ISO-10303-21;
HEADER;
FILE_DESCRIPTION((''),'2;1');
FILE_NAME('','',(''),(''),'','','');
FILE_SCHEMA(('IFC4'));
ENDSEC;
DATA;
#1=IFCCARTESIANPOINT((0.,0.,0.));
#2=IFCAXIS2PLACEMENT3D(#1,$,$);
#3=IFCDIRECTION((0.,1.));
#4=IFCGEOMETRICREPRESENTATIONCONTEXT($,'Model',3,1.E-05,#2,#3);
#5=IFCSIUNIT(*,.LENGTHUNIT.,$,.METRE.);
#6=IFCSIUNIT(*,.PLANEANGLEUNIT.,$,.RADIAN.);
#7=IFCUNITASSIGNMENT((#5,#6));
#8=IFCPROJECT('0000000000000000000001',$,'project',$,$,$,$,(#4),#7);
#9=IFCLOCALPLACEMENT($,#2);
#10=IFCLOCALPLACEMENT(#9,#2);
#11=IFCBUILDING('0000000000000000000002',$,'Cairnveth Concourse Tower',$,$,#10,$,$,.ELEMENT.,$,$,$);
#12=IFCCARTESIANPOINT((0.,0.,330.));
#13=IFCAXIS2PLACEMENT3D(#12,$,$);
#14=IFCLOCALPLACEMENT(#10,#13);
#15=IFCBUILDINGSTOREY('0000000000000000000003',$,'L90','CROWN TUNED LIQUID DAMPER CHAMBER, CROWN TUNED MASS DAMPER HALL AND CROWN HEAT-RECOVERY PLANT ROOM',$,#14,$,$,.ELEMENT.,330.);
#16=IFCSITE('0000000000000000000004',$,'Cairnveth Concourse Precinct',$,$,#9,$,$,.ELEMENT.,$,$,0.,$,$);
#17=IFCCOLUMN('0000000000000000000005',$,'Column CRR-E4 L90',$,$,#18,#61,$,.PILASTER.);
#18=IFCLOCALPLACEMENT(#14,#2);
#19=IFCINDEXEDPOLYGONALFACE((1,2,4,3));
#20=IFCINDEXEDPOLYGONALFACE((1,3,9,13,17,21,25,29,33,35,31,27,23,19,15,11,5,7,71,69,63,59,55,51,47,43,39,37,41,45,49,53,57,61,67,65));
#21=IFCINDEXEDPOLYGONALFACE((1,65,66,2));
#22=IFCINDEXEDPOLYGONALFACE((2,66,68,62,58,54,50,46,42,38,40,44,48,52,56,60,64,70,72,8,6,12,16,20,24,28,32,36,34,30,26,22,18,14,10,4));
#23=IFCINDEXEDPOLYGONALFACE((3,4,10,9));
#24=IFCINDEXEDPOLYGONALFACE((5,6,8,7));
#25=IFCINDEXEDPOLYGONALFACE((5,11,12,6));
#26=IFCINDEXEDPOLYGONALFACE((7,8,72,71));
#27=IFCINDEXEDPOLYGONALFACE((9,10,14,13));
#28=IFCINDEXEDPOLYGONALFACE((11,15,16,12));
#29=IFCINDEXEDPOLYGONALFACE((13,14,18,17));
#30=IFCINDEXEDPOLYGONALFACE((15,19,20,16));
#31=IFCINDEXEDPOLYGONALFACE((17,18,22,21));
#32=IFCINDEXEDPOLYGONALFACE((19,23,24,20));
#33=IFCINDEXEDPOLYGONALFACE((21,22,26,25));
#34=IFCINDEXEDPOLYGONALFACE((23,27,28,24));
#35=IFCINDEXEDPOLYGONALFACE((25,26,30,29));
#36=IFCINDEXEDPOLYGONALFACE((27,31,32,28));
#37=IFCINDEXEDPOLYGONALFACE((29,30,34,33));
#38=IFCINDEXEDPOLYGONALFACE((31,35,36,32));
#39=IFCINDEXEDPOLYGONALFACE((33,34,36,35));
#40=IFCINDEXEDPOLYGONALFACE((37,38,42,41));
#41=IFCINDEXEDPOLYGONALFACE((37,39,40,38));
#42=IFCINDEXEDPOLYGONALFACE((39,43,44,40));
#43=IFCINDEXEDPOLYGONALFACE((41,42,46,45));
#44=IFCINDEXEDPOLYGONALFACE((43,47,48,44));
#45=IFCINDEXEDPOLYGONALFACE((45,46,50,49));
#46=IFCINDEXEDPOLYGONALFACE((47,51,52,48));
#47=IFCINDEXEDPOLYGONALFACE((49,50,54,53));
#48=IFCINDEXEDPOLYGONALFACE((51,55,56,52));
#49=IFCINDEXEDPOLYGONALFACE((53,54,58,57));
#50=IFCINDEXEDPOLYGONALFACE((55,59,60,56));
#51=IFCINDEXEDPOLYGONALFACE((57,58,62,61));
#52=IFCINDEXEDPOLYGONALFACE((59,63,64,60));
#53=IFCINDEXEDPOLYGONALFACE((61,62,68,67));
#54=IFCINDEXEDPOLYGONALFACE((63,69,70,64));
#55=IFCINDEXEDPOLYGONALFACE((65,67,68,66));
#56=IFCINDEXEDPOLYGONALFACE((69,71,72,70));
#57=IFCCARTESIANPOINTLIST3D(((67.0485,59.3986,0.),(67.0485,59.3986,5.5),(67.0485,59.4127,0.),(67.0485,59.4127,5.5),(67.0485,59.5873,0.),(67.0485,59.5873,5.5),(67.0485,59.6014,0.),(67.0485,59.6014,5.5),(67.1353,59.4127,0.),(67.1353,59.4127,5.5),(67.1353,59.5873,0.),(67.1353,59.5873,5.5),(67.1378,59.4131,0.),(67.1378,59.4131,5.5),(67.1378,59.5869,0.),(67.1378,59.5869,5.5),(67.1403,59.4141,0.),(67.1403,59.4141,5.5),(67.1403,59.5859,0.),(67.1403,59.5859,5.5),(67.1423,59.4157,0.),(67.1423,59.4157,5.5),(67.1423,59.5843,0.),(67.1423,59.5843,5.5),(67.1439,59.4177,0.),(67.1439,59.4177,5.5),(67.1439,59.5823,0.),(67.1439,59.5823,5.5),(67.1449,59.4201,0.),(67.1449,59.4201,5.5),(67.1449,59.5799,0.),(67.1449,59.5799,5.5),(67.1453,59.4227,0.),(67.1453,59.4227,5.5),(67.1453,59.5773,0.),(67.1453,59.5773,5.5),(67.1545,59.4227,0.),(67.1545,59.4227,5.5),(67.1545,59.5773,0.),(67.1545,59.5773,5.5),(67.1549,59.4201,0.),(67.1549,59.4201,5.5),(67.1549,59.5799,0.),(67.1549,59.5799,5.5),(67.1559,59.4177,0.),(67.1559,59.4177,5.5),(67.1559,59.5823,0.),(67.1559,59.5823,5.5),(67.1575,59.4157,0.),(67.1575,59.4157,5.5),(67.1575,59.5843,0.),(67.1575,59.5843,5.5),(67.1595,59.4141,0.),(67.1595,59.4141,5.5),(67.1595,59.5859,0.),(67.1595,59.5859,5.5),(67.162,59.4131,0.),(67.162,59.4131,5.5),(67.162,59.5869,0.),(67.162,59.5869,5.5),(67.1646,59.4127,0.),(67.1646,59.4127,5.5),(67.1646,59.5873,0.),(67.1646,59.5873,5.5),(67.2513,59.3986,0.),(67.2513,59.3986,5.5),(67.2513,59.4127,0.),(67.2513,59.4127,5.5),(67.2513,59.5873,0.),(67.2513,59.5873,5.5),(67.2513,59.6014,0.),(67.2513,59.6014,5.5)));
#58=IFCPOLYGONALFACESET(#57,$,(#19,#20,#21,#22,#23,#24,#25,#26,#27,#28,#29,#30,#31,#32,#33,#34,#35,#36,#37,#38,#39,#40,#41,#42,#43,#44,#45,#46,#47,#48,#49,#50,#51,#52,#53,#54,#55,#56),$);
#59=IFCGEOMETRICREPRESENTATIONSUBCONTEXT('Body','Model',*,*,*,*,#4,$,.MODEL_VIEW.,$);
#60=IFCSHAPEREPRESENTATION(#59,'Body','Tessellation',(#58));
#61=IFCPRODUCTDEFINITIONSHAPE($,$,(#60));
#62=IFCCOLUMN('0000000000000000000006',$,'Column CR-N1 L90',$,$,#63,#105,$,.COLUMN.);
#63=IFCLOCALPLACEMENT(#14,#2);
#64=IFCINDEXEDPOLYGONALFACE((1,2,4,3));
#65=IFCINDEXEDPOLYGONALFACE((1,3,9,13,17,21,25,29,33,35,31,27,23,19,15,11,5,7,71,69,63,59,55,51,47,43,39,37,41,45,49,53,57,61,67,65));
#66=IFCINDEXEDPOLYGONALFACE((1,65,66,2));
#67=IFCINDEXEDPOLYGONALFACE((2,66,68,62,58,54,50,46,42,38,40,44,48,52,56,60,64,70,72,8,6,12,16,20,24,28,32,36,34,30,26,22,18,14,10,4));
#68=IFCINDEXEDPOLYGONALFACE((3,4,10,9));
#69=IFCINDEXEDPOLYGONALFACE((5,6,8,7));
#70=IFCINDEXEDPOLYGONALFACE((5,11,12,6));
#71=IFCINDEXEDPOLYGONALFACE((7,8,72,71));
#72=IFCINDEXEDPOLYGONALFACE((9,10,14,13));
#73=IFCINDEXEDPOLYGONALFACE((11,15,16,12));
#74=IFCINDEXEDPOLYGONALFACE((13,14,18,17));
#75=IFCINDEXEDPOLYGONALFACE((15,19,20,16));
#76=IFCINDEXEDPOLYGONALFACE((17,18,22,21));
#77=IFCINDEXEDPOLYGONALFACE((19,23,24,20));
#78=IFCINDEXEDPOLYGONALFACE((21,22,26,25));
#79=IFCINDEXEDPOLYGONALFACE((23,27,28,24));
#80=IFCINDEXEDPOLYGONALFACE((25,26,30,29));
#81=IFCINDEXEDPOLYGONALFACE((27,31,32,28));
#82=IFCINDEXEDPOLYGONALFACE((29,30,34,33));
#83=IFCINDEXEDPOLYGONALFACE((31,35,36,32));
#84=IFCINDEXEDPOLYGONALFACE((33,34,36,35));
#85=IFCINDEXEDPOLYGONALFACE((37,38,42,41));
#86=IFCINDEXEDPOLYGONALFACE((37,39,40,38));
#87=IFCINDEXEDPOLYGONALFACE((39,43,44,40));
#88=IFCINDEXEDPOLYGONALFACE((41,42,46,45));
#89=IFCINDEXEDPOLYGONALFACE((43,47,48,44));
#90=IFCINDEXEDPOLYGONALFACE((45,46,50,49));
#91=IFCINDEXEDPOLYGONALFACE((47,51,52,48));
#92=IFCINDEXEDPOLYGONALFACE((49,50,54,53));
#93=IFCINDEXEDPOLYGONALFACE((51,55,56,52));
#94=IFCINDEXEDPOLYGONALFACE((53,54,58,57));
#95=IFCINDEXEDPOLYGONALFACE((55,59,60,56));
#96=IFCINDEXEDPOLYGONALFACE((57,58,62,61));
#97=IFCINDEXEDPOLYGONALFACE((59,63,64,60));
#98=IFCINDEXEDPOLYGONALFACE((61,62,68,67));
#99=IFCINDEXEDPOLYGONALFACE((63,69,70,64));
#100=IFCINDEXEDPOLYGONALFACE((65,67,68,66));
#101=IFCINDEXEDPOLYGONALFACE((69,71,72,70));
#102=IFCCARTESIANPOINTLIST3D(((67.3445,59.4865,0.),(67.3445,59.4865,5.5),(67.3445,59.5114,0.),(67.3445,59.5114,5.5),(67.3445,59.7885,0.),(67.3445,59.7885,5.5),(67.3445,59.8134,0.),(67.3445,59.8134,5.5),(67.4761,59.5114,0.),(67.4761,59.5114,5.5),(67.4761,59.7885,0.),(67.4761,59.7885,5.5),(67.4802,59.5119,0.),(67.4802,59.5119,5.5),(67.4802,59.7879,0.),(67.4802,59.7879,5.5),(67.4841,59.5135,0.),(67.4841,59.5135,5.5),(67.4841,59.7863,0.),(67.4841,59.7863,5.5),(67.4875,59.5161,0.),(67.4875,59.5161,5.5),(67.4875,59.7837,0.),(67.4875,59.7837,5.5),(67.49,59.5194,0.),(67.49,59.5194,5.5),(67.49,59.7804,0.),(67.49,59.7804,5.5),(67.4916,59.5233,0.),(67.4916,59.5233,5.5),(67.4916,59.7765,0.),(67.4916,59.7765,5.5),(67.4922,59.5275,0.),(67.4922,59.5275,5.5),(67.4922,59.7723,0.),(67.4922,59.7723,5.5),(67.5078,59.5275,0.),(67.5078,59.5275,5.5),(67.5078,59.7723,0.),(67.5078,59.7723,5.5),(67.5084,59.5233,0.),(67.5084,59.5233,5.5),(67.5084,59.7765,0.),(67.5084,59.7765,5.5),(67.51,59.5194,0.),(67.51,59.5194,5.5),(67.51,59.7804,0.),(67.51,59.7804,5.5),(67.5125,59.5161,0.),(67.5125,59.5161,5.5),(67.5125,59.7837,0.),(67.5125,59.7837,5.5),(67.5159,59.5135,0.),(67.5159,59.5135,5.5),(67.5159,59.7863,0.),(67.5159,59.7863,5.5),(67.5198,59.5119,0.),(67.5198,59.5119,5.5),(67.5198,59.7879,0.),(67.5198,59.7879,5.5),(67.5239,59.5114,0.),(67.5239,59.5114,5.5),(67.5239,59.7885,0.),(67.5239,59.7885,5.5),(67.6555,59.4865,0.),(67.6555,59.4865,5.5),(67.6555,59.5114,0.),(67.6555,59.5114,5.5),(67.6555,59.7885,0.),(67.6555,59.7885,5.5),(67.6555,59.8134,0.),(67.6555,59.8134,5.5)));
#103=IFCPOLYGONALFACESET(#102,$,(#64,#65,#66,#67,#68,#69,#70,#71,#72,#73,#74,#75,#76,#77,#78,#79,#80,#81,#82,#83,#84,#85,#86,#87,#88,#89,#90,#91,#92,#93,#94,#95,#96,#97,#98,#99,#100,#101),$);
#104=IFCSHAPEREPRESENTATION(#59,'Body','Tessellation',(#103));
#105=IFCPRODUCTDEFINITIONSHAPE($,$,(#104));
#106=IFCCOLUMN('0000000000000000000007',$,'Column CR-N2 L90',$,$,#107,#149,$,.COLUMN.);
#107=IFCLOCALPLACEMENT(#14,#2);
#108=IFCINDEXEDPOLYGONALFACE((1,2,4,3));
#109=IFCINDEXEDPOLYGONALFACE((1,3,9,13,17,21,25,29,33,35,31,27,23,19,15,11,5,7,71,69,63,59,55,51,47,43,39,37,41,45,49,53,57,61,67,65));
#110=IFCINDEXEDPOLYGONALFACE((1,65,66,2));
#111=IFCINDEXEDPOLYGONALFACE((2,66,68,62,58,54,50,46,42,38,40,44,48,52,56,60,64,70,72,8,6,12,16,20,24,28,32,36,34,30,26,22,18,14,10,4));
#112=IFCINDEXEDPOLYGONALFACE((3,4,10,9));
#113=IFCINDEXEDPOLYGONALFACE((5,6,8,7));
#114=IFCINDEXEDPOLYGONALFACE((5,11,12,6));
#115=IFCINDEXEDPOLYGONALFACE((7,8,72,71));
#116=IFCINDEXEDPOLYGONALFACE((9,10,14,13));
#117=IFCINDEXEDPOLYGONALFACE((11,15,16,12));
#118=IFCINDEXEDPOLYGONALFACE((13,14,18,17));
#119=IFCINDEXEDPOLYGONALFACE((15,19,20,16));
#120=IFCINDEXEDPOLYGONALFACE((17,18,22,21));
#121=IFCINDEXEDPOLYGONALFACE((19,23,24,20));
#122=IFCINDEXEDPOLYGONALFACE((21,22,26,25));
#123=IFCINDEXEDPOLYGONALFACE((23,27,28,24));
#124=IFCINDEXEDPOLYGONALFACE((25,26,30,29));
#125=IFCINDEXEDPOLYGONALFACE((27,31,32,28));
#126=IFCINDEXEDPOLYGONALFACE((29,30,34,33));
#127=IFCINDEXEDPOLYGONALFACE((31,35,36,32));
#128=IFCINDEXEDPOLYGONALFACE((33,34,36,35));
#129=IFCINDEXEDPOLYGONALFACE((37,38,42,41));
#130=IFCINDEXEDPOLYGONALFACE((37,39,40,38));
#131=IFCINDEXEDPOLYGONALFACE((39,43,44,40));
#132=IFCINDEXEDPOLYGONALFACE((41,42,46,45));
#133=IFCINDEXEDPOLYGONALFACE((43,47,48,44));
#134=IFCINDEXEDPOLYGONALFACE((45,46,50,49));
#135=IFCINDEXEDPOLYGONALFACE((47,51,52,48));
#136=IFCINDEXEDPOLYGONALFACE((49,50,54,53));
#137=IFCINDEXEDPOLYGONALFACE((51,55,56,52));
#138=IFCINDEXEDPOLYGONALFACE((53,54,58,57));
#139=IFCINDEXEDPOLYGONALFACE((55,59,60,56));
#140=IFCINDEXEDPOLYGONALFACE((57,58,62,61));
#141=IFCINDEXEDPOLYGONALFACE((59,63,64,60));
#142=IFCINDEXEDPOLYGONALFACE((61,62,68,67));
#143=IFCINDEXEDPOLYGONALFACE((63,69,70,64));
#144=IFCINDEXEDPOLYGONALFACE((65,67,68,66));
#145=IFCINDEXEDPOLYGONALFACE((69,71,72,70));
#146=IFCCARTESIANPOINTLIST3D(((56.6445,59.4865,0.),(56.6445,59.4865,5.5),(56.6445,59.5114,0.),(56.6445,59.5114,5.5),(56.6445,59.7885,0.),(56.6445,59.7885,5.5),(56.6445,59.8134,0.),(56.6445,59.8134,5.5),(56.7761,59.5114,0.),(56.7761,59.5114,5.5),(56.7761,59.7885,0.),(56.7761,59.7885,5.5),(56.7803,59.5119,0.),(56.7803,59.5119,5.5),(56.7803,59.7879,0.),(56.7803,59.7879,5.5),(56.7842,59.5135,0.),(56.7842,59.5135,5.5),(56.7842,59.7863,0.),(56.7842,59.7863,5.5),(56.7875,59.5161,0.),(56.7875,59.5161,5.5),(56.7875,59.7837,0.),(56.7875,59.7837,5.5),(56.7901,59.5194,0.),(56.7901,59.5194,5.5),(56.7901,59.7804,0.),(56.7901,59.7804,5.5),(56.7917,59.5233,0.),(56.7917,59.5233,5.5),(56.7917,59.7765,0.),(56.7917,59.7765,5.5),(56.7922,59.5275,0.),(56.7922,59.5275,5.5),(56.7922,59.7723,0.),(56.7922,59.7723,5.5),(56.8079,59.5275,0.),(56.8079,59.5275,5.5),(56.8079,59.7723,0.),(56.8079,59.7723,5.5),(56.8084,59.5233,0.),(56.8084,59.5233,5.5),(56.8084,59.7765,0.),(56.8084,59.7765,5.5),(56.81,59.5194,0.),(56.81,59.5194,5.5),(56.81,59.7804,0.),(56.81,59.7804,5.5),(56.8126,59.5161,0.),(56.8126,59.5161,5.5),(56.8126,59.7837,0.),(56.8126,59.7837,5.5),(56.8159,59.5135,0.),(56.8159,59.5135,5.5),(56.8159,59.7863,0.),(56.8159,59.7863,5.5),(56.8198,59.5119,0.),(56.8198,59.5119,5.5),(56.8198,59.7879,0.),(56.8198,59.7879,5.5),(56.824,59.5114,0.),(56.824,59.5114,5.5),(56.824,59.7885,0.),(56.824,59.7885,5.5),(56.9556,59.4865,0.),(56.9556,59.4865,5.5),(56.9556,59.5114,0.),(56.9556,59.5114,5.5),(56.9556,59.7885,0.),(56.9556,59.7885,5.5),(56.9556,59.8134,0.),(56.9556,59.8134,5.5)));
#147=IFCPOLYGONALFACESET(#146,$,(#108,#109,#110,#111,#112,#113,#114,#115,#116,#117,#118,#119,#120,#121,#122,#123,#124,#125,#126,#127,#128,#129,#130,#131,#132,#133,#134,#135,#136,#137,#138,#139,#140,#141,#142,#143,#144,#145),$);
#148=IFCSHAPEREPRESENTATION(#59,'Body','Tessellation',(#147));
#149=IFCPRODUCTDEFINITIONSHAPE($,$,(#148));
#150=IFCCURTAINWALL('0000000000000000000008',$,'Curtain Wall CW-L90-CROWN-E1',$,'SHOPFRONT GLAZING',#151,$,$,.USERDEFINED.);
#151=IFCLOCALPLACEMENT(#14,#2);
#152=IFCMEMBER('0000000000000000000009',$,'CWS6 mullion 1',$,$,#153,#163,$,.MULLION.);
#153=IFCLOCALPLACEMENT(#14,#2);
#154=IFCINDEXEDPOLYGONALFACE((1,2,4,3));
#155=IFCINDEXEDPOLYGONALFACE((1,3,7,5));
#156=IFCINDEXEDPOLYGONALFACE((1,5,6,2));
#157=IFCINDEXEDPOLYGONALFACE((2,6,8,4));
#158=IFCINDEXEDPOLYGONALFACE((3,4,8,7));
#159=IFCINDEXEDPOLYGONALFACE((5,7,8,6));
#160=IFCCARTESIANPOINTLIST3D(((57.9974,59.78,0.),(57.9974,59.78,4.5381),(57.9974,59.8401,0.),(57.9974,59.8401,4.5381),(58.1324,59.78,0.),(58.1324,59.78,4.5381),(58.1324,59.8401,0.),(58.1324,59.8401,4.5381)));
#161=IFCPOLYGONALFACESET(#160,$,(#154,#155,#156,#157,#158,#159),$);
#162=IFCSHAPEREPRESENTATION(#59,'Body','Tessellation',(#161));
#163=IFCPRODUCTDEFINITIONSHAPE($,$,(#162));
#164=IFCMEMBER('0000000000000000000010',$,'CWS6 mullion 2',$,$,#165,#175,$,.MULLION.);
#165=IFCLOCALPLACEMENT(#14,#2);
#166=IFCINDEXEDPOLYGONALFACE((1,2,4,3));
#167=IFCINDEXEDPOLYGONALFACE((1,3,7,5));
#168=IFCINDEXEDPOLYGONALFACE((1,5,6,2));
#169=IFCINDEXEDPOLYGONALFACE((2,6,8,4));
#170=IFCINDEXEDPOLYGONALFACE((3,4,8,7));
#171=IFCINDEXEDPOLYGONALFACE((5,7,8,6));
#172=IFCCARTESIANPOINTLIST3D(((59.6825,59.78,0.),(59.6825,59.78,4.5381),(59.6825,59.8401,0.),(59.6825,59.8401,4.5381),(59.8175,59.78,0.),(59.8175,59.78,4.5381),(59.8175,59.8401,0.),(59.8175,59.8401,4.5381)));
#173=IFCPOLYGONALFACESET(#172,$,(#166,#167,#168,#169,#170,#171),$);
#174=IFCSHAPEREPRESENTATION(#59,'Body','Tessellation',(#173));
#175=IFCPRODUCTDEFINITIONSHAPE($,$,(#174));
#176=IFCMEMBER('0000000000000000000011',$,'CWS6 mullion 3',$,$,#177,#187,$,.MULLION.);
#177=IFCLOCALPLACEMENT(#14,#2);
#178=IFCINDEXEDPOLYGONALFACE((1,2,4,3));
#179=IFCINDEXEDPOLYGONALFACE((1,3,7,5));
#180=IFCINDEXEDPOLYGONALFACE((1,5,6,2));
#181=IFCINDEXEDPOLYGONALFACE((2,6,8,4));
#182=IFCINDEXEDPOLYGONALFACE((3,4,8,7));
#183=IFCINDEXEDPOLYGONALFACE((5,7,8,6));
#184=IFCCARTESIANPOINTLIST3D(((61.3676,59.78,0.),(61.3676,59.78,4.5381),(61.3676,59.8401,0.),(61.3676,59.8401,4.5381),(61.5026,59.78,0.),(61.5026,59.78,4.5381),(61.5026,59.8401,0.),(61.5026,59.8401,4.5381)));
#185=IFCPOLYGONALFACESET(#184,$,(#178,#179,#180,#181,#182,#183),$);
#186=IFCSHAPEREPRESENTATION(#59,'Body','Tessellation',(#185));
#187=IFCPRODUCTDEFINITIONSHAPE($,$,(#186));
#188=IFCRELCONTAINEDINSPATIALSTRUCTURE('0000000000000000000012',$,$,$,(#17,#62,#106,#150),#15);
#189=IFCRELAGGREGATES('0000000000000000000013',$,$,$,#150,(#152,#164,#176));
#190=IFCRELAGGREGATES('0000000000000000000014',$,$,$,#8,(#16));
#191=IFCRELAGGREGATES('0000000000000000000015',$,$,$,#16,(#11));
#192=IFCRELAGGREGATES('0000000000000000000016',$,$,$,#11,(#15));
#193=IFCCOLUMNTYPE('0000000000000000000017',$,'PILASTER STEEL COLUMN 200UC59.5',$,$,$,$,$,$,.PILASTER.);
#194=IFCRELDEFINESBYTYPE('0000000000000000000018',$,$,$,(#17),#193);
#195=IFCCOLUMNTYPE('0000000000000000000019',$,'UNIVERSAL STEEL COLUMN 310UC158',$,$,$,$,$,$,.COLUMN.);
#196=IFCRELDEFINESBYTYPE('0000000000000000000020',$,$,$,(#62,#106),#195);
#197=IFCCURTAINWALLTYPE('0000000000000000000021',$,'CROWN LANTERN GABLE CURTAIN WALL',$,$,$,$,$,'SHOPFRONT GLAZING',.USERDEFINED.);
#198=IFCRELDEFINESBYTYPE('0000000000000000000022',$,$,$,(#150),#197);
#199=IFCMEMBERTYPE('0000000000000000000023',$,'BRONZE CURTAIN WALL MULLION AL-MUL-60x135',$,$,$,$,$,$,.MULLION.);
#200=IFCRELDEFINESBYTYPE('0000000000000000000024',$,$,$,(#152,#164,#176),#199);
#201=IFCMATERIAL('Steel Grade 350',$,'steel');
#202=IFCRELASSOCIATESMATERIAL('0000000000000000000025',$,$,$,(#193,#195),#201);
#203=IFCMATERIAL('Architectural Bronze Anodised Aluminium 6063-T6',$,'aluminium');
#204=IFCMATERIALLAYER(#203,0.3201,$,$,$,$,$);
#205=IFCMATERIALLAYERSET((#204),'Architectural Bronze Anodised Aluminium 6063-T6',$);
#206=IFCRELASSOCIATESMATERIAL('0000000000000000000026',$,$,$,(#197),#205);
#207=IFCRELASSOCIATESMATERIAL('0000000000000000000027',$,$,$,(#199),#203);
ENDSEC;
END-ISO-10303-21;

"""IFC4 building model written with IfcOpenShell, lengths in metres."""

from ifc_helpers import new_model, si_unit, direction, frame, origin, origin_2d, place, context, subcontext, project, spatial, rectangle, i_section, extrude, material, layer, layer_set, material_profile, profile_set, type_object, element, aggregate, save


model = new_model("IFC4")

# Units and contexts
model_context = context("Model", 3, precision=1e-05, world=origin(), true_north=direction((0.0, 1.0)))
body_context = subcontext(model_context, "Body", "Model", "MODEL_VIEW")
ifc_project = project(units=[si_unit("LENGTHUNIT", "METRE"), si_unit("PLANEANGLEUNIT", "RADIAN")], contexts=[model_context])

# Site, building, storey
site_placement = place(None, origin())
site = spatial("IfcSite", under=ifc_project, at=site_placement, Name="Cairnveth Concourse Precinct", CompositionType="ELEMENT", RefElevation=0.0)
building_placement = place(site_placement, origin())
building = spatial("IfcBuilding", under=site, at=building_placement, Name="Cairnveth Concourse Tower", CompositionType="ELEMENT")
storey_placement = place(building_placement, frame((0.0, 0.0, 330.0)))
storey = spatial("IfcBuildingStorey", under=building, at=storey_placement, Name="L90", Description="CROWN TUNED LIQUID DAMPER CHAMBER, CROWN TUNED MASS DAMPER HALL AND CROWN HEAT-RECOVERY PLANT ROOM", CompositionType="ELEMENT", Elevation=330.0)

# Columns
ifc_material_1 = material(Name="Steel Grade 350", Category="steel")
ifc_material_profile_1 = material_profile(ifc_material_1, i_section(OverallWidth=0.2029, OverallDepth=0.2029, WebThickness=0.0093, FlangeThickness=0.0142, FilletRadius=0.01, at=origin_2d()), Name="200UC59.5")
ifc_profile_set_1 = profile_set([ifc_material_profile_1], Name="Steel Grade 350")
column_type_1 = type_object("IfcColumnType", Name="PILASTER STEEL COLUMN 200UC59.5", PredefinedType="PILASTER", material=ifc_profile_set_1)
column_placement = place(storey_placement, frame((67.1499, 59.5, 0.0), z_axis=(0.0, 0.0, 1.0), x_axis=(1.0, 0.0, 0.0)))
element("IfcColumn", 1, at=column_placement, inside=storey, type_object=column_type_1, Name="Column CRR-E4 L90", PredefinedType="PILASTER", context=body_context, shape_type="SweptSolid", body=[
    extrude(i_section(OverallWidth=0.2029, OverallDepth=0.2029, WebThickness=0.0093, FlangeThickness=0.0142, FilletRadius=0.01, at=origin_2d()), origin(), (0.0, 0.0, 1.0), 5.5),
])
ifc_material_profile_2 = material_profile(ifc_material_1, i_section(OverallWidth=0.311, OverallDepth=0.3269, WebThickness=0.0156, FlangeThickness=0.0249, FilletRadius=0.0161, at=origin_2d()), Name="310UC158")
ifc_profile_set_2 = profile_set([ifc_material_profile_2], Name="Steel Grade 350")
column_type_2 = type_object("IfcColumnType", Name="UNIVERSAL STEEL COLUMN 310UC158", PredefinedType="COLUMN", material=ifc_profile_set_2)
for number, where, z_axis, x_axis, name in (
    (2, (67.5, 59.6499, 0.0), (0.0, 0.0, 1.0), (1.0, 0.0, 0.0), "Column CR-N1 L90"),
    (3, (56.8, 59.6499, 0.0), (0.0, 0.0, 1.0), (1.0, 0.0, 0.0), "Column CR-N2 L90"),
):
    element("IfcColumn", number, at=place(storey_placement, frame(where, z_axis=z_axis, x_axis=x_axis)), inside=storey, type_object=column_type_2, Name=name, PredefinedType="COLUMN", context=body_context, shape_type="SweptSolid", body=[
        extrude(i_section(OverallWidth=0.311, OverallDepth=0.3269, WebThickness=0.0156, FlangeThickness=0.0249, FilletRadius=0.0161, at=origin_2d()), origin(), (0.0, 0.0, 1.0), 5.5),
    ])

# Curtain wall, members
ifc_material_2 = material(Name="Architectural Bronze Anodised Aluminium 6063-T6", Category="aluminium")
ifc_layer_1 = layer(ifc_material_2, 0.3201)
ifc_layer_set_1 = layer_set([ifc_layer_1], Name="Architectural Bronze Anodised Aluminium 6063-T6")
curtain_wall_type = type_object("IfcCurtainWallType", Name="CROWN LANTERN GABLE CURTAIN WALL", ElementType="SHOPFRONT GLAZING", PredefinedType="USERDEFINED", material=ifc_layer_set_1)
curtain_wall_placement = place(storey_placement, origin())
curtain_wall = element("IfcCurtainWall", 4, at=curtain_wall_placement, inside=storey, type_object=curtain_wall_type, Name="Curtain Wall CW-L90-CROWN-E1", ObjectType="SHOPFRONT GLAZING", PredefinedType="USERDEFINED")
ifc_material_profile_3 = material_profile(ifc_material_2, rectangle(XDim=0.0601, YDim=0.135, at=origin_2d()), Name="AL-MUL-60x135")
ifc_profile_set_3 = profile_set([ifc_material_profile_3], Name="Architectural Bronze Anodised Aluminium 6063-T6")
member_type_1 = type_object("IfcMemberType", Name="BRONZE CURTAIN WALL MULLION AL-MUL-60x135", PredefinedType="MULLION", material=ifc_profile_set_3)
member_1_placement = place(storey_placement, frame((58.0649, 59.8101, 0.0), z_axis=(0.0, 0.0, 1.0), x_axis=(0.0, 1.0, 0.0)))
member_1 = element("IfcMember", 5, at=member_1_placement, type_object=member_type_1, Name="CWS6 mullion 1", PredefinedType="MULLION", context=body_context, shape_type="SweptSolid", body=[
    extrude(rectangle(XDim=0.0601, YDim=0.135, at=origin_2d()), origin(), (0.0, 0.0, 1.0), 4.5381),
])
member_2_placement = place(storey_placement, frame((59.75, 59.8101, 0.0), z_axis=(0.0, 0.0, 1.0), x_axis=(0.0, 1.0, 0.0)))
member_2 = element("IfcMember", 6, at=member_2_placement, type_object=member_type_1, Name="CWS6 mullion 2", PredefinedType="MULLION", context=body_context, shape_type="SweptSolid", body=[
    extrude(rectangle(XDim=0.0601, YDim=0.135, at=origin_2d()), origin(), (0.0, 0.0, 1.0), 4.5381),
])
member_3_placement = place(storey_placement, frame((61.4351, 59.8101, 0.0), z_axis=(0.0, 0.0, 1.0), x_axis=(0.0, 1.0, 0.0)))
member_3 = element("IfcMember", 7, at=member_3_placement, type_object=member_type_1, Name="CWS6 mullion 3", PredefinedType="MULLION", context=body_context, shape_type="SweptSolid", body=[
    extrude(rectangle(XDim=0.0601, YDim=0.135, at=origin_2d()), origin(), (0.0, 0.0, 1.0), 4.5381),
])

aggregate(curtain_wall, [member_1, member_2, member_3])

save(model, "model.ifc")
